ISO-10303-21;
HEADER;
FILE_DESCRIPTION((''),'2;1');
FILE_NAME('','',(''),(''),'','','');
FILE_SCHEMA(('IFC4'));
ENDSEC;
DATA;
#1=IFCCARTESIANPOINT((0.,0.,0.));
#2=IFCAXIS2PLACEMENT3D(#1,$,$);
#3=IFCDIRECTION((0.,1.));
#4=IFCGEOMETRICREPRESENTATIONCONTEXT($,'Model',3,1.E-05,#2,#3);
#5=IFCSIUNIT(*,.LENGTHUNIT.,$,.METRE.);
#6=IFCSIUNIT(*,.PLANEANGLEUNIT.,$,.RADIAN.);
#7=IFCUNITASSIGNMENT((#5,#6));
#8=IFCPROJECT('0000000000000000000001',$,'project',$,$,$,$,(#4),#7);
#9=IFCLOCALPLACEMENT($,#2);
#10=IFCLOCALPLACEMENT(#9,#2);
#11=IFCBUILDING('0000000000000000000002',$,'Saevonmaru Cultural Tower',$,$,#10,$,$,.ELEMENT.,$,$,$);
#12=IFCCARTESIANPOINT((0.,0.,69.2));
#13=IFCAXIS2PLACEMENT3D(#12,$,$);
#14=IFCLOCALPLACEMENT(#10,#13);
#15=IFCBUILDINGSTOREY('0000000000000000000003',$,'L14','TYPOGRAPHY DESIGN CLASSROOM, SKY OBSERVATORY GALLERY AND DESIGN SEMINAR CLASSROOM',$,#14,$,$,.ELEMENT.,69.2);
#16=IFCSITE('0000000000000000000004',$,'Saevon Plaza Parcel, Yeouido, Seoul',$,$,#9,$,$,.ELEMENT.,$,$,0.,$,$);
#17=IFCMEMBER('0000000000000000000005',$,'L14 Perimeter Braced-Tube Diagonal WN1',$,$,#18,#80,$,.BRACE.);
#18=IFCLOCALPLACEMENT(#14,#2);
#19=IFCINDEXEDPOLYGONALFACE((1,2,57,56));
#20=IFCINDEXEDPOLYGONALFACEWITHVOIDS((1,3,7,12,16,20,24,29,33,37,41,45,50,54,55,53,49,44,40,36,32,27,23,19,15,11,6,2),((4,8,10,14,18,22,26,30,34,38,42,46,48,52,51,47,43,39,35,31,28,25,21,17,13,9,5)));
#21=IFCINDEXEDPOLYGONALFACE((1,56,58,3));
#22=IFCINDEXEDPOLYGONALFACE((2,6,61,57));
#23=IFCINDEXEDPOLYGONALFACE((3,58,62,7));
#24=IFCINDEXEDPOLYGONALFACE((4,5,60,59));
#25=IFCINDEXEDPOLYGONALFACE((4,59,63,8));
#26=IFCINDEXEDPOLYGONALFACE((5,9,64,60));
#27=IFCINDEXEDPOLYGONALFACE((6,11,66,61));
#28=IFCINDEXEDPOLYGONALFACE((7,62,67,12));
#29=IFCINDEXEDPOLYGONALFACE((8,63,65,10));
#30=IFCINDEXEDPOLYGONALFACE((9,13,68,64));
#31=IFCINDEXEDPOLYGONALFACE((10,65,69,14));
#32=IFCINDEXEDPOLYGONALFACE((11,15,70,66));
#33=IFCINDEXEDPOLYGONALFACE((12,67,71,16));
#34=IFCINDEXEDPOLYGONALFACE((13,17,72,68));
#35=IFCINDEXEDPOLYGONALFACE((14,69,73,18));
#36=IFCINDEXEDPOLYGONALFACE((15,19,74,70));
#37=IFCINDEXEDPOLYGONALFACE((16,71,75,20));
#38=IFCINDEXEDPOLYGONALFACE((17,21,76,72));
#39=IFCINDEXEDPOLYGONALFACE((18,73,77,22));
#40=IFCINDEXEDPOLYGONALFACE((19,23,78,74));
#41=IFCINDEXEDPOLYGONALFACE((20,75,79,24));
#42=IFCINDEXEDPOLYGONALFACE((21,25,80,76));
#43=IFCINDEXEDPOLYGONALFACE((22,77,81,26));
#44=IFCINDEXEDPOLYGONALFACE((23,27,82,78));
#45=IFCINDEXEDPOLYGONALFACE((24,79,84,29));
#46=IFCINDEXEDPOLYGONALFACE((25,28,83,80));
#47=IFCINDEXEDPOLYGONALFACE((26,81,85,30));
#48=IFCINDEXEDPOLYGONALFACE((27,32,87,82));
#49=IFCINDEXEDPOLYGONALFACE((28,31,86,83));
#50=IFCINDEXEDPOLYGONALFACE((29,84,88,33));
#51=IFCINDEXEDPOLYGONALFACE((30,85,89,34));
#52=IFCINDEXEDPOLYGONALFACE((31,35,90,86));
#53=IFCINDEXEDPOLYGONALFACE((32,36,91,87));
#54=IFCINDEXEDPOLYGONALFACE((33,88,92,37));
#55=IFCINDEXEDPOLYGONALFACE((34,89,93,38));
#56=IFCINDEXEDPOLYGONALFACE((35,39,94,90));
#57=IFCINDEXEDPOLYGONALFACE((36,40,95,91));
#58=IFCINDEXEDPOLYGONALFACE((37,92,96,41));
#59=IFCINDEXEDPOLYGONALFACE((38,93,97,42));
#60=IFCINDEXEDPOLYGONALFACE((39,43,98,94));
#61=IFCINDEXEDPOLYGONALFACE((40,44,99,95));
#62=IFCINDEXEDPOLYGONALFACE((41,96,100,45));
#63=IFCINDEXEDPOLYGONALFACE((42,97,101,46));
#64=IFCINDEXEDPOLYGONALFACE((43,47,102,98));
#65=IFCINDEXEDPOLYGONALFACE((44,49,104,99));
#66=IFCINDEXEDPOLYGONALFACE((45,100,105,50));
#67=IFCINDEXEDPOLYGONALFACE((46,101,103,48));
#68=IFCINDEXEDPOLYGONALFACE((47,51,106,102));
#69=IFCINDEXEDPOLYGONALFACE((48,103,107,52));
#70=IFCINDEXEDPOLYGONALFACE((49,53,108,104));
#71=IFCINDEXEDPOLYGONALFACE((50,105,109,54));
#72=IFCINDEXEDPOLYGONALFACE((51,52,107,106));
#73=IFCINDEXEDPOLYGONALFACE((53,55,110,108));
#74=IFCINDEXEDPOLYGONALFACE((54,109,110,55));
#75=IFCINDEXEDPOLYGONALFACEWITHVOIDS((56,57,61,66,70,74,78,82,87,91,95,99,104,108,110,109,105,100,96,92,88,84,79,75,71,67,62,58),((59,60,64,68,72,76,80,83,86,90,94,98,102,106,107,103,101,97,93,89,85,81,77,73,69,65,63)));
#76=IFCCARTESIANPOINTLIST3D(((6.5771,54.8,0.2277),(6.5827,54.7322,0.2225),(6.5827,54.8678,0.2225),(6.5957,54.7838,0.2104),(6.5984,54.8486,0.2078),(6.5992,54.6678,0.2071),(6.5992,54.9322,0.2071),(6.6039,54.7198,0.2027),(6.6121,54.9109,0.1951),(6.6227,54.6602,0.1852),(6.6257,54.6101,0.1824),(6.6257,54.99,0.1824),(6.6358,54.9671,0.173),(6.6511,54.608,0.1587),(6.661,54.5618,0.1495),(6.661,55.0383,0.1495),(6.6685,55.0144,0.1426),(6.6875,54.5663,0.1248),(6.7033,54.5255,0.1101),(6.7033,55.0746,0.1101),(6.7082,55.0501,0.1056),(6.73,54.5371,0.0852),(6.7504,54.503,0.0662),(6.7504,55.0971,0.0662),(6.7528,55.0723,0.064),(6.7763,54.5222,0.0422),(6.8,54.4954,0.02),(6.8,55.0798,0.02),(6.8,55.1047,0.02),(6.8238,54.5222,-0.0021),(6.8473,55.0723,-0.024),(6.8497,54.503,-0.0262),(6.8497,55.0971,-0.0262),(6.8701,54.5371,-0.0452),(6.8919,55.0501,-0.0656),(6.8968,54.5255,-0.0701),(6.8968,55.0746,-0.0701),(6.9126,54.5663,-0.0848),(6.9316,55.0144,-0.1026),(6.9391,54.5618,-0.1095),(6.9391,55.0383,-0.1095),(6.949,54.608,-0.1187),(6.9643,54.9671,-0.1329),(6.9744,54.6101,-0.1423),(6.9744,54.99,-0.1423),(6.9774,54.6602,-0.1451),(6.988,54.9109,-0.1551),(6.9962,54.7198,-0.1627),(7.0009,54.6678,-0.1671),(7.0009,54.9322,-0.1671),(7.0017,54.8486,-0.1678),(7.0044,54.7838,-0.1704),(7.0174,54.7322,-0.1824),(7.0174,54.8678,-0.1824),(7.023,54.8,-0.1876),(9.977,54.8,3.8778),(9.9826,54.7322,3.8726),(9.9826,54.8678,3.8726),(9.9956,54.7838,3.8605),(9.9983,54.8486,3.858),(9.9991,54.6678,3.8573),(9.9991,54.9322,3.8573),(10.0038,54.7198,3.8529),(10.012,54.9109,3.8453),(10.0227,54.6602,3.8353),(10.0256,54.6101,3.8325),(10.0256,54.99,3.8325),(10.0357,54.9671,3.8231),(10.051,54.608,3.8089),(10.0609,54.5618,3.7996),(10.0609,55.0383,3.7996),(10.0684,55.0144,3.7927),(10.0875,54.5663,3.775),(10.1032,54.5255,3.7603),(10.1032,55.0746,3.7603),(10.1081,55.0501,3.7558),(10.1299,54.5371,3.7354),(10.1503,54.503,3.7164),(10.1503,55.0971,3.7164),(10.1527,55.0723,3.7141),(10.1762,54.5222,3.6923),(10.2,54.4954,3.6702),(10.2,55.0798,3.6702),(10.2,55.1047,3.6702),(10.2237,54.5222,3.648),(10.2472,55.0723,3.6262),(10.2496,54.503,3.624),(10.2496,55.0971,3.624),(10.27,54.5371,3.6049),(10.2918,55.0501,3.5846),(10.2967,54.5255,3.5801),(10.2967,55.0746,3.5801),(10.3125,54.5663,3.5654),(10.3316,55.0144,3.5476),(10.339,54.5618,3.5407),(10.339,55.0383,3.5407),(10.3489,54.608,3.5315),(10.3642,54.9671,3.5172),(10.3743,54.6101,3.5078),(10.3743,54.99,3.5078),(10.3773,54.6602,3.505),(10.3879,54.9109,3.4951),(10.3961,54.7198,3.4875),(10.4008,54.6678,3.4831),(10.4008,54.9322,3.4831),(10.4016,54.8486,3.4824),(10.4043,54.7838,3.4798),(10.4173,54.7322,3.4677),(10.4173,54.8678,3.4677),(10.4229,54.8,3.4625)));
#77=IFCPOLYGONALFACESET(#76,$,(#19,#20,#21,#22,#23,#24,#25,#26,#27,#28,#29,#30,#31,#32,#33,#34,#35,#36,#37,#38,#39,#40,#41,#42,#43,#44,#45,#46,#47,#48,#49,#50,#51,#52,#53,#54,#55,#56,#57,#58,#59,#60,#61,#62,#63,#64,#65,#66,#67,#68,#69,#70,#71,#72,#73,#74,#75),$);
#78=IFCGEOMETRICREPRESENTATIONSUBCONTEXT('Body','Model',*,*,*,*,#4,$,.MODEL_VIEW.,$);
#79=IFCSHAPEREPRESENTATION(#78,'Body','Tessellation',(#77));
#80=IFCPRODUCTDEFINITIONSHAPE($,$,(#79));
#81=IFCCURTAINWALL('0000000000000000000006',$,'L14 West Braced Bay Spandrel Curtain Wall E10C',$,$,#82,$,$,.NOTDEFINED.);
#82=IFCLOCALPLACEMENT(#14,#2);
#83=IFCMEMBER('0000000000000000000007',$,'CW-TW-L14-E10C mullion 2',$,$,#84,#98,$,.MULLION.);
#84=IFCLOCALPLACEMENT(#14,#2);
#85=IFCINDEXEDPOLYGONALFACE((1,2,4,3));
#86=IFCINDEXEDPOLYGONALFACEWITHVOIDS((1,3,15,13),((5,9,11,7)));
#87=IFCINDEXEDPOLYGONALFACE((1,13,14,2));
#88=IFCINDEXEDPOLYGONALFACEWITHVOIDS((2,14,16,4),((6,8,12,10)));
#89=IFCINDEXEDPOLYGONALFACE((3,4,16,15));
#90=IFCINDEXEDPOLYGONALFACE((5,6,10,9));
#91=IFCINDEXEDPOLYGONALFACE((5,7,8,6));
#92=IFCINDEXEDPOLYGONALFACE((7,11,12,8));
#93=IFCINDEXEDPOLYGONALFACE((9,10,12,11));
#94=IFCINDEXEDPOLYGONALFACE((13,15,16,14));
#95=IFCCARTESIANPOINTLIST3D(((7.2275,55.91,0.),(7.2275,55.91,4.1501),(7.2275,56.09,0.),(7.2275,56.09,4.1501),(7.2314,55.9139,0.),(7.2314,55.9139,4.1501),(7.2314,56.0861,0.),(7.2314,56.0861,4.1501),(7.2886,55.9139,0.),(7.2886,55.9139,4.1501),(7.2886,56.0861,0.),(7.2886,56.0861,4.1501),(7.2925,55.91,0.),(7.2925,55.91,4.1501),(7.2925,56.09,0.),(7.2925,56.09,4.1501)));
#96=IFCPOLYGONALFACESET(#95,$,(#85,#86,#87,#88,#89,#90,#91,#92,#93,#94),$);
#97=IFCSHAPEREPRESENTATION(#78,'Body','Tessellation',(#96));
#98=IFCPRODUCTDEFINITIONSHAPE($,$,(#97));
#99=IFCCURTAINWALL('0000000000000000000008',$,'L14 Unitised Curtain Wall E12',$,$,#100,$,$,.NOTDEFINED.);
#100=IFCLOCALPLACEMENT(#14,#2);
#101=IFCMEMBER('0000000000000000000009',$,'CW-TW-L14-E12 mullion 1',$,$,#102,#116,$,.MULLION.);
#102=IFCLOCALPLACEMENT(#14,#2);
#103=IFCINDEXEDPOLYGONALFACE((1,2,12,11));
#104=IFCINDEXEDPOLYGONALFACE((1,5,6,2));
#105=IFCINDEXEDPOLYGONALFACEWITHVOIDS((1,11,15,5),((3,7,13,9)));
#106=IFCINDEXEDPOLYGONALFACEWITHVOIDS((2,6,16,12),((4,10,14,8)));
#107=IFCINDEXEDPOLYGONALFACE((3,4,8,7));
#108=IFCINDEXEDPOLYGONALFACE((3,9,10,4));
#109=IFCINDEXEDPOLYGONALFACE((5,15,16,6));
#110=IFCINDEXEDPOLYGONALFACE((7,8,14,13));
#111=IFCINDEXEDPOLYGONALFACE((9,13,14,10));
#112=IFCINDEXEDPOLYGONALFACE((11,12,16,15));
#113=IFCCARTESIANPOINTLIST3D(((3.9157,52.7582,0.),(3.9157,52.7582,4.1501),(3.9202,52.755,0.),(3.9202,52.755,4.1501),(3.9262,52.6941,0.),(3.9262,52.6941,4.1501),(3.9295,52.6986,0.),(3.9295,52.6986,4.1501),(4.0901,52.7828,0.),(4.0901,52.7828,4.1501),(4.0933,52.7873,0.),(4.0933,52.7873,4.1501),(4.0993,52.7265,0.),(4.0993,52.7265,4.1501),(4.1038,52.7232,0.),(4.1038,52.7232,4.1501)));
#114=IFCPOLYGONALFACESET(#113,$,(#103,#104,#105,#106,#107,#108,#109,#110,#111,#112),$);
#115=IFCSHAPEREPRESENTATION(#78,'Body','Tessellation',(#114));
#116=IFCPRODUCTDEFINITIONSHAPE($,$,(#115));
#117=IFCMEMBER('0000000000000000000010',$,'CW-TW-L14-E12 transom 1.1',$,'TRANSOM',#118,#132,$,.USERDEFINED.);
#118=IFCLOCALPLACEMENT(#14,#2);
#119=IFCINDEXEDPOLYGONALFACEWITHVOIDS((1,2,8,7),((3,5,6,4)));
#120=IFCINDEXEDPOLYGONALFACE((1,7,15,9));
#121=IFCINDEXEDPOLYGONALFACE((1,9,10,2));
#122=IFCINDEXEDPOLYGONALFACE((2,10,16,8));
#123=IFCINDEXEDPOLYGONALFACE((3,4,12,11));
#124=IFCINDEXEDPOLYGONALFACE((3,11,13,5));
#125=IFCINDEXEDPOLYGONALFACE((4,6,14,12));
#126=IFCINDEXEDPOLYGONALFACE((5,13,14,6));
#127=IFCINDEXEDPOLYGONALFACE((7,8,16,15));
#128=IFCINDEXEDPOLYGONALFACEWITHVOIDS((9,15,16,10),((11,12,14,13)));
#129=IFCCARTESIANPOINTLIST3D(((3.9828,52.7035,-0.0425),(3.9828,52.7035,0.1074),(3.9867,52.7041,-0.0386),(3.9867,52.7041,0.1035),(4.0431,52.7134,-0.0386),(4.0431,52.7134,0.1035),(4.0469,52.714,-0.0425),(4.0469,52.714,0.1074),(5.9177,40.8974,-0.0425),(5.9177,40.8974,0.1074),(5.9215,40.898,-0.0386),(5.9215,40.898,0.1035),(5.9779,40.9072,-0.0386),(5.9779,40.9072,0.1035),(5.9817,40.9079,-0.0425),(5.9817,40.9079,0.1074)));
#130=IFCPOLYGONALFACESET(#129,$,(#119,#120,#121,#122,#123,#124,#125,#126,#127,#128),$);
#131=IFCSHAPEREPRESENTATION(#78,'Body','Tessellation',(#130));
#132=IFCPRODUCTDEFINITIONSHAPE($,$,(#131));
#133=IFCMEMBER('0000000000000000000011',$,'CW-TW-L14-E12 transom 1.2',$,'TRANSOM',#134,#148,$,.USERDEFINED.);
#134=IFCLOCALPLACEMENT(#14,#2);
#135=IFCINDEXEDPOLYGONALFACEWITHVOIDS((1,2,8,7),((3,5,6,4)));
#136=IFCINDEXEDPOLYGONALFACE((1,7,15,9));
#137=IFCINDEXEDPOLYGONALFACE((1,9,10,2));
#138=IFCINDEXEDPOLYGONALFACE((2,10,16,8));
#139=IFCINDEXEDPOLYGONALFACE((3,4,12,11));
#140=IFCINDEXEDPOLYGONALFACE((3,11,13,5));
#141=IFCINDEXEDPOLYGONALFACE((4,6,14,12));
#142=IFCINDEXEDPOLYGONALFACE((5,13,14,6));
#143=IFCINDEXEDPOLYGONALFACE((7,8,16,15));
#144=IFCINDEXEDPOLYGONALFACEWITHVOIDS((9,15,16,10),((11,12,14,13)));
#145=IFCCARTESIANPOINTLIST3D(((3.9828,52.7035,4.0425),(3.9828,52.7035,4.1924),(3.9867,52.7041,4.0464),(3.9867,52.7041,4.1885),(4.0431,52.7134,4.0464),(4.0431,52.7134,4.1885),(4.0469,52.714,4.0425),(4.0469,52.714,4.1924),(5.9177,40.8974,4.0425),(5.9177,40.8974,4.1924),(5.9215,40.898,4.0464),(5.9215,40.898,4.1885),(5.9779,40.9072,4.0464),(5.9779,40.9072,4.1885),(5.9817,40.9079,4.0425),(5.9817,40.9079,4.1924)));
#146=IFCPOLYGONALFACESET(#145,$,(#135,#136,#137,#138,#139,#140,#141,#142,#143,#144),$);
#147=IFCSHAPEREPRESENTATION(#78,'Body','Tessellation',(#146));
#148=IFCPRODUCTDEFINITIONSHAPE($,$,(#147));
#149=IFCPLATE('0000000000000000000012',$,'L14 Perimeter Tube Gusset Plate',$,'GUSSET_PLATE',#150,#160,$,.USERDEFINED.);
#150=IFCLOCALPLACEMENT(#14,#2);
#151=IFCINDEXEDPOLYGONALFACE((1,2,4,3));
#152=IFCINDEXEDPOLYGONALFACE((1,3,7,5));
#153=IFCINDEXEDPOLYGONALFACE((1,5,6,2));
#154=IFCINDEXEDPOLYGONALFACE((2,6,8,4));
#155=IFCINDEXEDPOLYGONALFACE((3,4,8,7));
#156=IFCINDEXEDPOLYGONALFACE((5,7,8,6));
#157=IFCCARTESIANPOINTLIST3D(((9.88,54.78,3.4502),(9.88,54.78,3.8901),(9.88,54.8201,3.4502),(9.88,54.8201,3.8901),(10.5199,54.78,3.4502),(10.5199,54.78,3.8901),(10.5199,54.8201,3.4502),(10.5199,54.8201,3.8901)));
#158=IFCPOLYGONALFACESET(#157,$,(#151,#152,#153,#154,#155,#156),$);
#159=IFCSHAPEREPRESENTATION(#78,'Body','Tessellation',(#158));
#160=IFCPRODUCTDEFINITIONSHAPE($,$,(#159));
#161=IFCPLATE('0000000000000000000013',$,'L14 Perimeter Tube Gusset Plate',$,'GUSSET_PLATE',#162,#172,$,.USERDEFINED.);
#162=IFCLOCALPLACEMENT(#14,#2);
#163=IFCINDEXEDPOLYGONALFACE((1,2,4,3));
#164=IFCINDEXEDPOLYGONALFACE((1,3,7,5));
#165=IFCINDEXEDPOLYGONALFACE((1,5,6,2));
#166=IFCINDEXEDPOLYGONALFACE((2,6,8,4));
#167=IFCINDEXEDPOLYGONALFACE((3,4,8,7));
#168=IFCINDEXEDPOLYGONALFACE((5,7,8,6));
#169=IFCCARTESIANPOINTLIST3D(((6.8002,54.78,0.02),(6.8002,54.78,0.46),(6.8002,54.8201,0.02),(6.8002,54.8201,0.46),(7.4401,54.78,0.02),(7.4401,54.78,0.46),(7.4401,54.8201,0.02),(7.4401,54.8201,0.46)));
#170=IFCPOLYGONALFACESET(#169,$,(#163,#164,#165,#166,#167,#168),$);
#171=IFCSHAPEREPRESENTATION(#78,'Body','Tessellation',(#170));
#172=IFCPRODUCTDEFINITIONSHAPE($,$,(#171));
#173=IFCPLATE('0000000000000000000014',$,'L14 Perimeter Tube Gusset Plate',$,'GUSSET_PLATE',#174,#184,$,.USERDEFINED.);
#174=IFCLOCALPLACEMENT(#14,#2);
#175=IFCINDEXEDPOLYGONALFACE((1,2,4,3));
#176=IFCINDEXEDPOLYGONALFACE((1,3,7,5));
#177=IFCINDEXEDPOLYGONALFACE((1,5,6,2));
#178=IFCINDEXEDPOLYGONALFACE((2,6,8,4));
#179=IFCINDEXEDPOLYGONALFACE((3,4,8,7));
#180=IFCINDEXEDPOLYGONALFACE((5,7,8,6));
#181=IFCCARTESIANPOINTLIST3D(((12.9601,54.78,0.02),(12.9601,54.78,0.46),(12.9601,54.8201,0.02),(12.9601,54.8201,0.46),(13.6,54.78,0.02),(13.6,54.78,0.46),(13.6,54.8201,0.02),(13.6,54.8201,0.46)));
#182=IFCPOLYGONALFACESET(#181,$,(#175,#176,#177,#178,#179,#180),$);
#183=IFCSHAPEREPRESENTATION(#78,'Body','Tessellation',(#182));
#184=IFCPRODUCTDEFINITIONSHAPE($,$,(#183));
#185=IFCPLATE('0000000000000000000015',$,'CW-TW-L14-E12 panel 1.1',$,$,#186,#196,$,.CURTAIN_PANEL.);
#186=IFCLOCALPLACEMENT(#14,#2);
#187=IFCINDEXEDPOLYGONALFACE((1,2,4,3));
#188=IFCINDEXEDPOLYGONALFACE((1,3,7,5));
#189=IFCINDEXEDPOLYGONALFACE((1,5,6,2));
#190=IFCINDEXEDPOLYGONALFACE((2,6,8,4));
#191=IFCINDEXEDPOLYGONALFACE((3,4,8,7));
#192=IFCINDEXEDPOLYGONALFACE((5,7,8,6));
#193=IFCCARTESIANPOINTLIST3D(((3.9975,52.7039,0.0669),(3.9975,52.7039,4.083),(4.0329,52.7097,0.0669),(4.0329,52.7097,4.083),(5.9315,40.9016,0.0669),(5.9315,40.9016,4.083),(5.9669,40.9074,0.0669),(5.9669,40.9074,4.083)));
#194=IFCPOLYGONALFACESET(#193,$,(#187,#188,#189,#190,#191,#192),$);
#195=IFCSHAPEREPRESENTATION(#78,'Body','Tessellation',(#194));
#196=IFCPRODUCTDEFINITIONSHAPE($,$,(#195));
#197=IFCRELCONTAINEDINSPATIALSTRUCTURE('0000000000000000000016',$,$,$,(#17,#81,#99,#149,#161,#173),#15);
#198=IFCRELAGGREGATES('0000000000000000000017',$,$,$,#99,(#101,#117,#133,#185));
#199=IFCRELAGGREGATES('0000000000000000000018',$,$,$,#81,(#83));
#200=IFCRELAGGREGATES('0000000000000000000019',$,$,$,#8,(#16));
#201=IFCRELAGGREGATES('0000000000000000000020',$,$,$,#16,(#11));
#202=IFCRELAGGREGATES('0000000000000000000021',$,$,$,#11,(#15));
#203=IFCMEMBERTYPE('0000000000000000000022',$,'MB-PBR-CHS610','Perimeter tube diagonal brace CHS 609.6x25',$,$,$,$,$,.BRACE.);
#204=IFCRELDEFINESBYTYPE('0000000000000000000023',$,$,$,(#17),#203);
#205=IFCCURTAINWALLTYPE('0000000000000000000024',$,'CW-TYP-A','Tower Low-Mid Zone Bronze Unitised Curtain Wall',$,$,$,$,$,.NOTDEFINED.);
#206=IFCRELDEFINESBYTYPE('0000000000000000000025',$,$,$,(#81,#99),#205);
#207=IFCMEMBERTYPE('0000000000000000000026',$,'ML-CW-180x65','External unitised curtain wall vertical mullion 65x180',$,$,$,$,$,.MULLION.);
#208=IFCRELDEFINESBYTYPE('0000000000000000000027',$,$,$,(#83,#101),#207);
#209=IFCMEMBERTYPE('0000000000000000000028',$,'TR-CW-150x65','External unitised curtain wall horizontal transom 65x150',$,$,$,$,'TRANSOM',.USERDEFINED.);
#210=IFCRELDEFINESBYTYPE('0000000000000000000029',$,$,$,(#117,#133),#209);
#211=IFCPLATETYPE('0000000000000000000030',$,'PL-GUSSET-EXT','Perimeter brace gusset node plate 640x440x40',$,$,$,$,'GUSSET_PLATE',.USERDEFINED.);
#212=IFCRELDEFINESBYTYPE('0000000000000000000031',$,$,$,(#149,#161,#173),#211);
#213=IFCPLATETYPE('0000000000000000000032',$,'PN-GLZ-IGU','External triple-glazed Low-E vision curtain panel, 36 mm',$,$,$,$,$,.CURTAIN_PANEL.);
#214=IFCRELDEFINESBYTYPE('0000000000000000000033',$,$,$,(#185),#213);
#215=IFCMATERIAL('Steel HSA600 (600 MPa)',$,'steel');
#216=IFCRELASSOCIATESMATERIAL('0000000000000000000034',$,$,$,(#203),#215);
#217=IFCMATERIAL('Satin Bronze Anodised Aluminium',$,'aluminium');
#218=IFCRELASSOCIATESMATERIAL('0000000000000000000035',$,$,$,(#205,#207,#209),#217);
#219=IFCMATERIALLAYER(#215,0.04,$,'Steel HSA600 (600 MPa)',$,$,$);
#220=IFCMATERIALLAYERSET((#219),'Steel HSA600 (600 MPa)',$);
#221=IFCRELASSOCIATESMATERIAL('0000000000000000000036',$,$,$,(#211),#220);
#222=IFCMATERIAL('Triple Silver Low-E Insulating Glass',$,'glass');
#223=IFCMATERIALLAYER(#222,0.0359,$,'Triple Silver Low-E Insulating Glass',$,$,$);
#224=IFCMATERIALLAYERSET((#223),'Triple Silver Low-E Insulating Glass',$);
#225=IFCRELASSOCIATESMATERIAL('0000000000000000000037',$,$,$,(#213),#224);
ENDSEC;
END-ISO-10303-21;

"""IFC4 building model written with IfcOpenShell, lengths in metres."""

from ifc_helpers import new_model, si_unit, direction, frame, origin, origin_2d, place, context, subcontext, project, spatial, rectangle, hollow_rectangle, hollow_circle, extrude, material, layer, layer_set, material_profile, profile_set, type_object, element, aggregate, save


model = new_model("IFC4")

# Units and contexts
model_context = context("Model", 3, precision=1e-05, world=origin(), true_north=direction((0.0, 1.0)))
body_context = subcontext(model_context, "Body", "Model", "MODEL_VIEW")
ifc_project = project(units=[si_unit("LENGTHUNIT", "METRE"), si_unit("PLANEANGLEUNIT", "RADIAN")], contexts=[model_context])

# Site, building, storey
site_placement = place(None, origin())
site = spatial("IfcSite", under=ifc_project, at=site_placement, Name="Saevon Plaza Parcel, Yeouido, Seoul", CompositionType="ELEMENT", RefElevation=0.0)
building_placement = place(site_placement, origin())
building = spatial("IfcBuilding", under=site, at=building_placement, Name="Saevonmaru Cultural Tower", CompositionType="ELEMENT")
storey_placement = place(building_placement, frame((0.0, 0.0, 69.2)))
storey = spatial("IfcBuildingStorey", under=building, at=storey_placement, Name="L14", Description="TYPOGRAPHY DESIGN CLASSROOM, SKY OBSERVATORY GALLERY AND DESIGN SEMINAR CLASSROOM", CompositionType="ELEMENT", Elevation=69.2)

# Shared definitions
ifc_material_1 = material(Name="Steel HSA600 (600 MPa)", Category="steel")

# Member
ifc_material_profile_1 = material_profile(ifc_material_1, hollow_circle(Radius=0.3047, WallThickness=0.0249, at=origin_2d()), Name="CHS-609.6x25")
ifc_profile_set_1 = profile_set([ifc_material_profile_1], Name="Steel HSA600 (600 MPa)")
member_type_1 = type_object("IfcMemberType", Name="MB-PBR-CHS610", Description="Perimeter tube diagonal brace CHS 609.6x25", PredefinedType="BRACE", material=ifc_profile_set_1)
member_1_placement = place(storey_placement, frame((6.8, 54.8, 0.02), z_axis=(0.681579, 0.0, 0.731745), x_axis=(0.0, 1.0, 0.0)))
element("IfcMember", 1, at=member_1_placement, inside=storey, type_object=member_type_1, Name="L14 Perimeter Braced-Tube Diagonal WN1", PredefinedType="BRACE", context=body_context, shape_type="SweptSolid", body=[
    extrude(hollow_circle(Radius=0.3047, WallThickness=0.0249, at=origin_2d()), origin(), (0.0, 0.0, 1.0), 4.9883),
])

# Curtain wall, member
ifc_material_2 = material(Name="Satin Bronze Anodised Aluminium", Category="aluminium")
curtain_wall_type = type_object("IfcCurtainWallType", Name="CW-TYP-A", Description="Tower Low-Mid Zone Bronze Unitised Curtain Wall", PredefinedType="NOTDEFINED", material=ifc_material_2)
curtain_wall_1_placement = place(storey_placement, origin())
curtain_wall_1 = element("IfcCurtainWall", 2, at=curtain_wall_1_placement, inside=storey, type_object=curtain_wall_type, Name="L14 West Braced Bay Spandrel Curtain Wall E10C", PredefinedType="NOTDEFINED")
ifc_material_profile_2 = material_profile(ifc_material_2, hollow_rectangle(XDim=0.0649, YDim=0.1799, WallThickness=0.0039, at=origin_2d()), Name="ALU-MULL-180x65x4")
ifc_profile_set_2 = profile_set([ifc_material_profile_2], Name="Satin Bronze Anodised Aluminium")
member_type_2 = type_object("IfcMemberType", Name="ML-CW-180x65", Description="External unitised curtain wall vertical mullion 65x180", PredefinedType="MULLION", material=ifc_profile_set_2)
member_2_placement = place(storey_placement, frame((7.26, 56.0, 0.0), z_axis=(0.0, 0.0, 1.0), x_axis=(-1.0, 0.0, 0.0)))
member_2 = element("IfcMember", 3, at=member_2_placement, type_object=member_type_2, Name="CW-TW-L14-E10C mullion 2", PredefinedType="MULLION", context=body_context, shape_type="SweptSolid", body=[
    extrude(hollow_rectangle(XDim=0.0649, YDim=0.1799, WallThickness=0.0039, at=origin_2d()), origin(), (0.0, 0.0, 1.0), 4.1501),
])

# Curtain wall, members
curtain_wall_2_placement = place(storey_placement, origin())
curtain_wall_2 = element("IfcCurtainWall", 4, at=curtain_wall_2_placement, inside=storey, type_object=curtain_wall_type, Name="L14 Unitised Curtain Wall E12", PredefinedType="NOTDEFINED")
member_3_placement = place(storey_placement, frame((4.0098, 52.7407, 0.0), z_axis=(0.0, 0.0, 1.0), x_axis=(0.161709, -0.986839, 0.0)))
member_3 = element("IfcMember", 5, at=member_3_placement, type_object=member_type_2, Name="CW-TW-L14-E12 mullion 1", PredefinedType="MULLION", context=body_context, shape_type="SweptSolid", body=[
    extrude(hollow_rectangle(XDim=0.0649, YDim=0.1799, WallThickness=0.0039, at=origin_2d()), origin(), (0.0, 0.0, 1.0), 4.1501),
])
ifc_material_profile_3 = material_profile(ifc_material_2, hollow_rectangle(XDim=0.0649, YDim=0.1499, WallThickness=0.0039, at=origin_2d()), Name="ALU-TRAN-150x65x4")
ifc_profile_set_3 = profile_set([ifc_material_profile_3], Name="Satin Bronze Anodised Aluminium")
member_type_3 = type_object("IfcMemberType", Name="TR-CW-150x65", Description="External unitised curtain wall horizontal transom 65x150", ElementType="TRANSOM", PredefinedType="USERDEFINED", material=ifc_profile_set_3)
member_4_placement = place(storey_placement, frame((4.0149, 52.7087, 0.0325), z_axis=(0.161725, -0.986836, 0.0), x_axis=(0.986836, 0.161725, 0.0)))
member_4 = element("IfcMember", 6, at=member_4_placement, type_object=member_type_3, Name="CW-TW-L14-E12 transom 1.1", ObjectType="TRANSOM", PredefinedType="USERDEFINED", context=body_context, shape_type="SweptSolid", body=[
    extrude(hollow_rectangle(XDim=0.0649, YDim=0.1499, WallThickness=0.0039, at=origin_2d()), origin(), (0.0, 0.0, 1.0), 11.9636),
])
member_5_placement = place(storey_placement, frame((4.0149, 52.7087, 4.1174), z_axis=(0.161725, -0.986836, 0.0), x_axis=(0.986836, 0.161725, 0.0)))
member_5 = element("IfcMember", 7, at=member_5_placement, type_object=member_type_3, Name="CW-TW-L14-E12 transom 1.2", ObjectType="TRANSOM", PredefinedType="USERDEFINED", context=body_context, shape_type="SweptSolid", body=[
    extrude(hollow_rectangle(XDim=0.0649, YDim=0.1499, WallThickness=0.0039, at=origin_2d()), origin(), (0.0, 0.0, 1.0), 11.9636),
])

# Plates
ifc_layer_1 = layer(ifc_material_1, 0.04, Name="Steel HSA600 (600 MPa)")
ifc_layer_set_1 = layer_set([ifc_layer_1], Name="Steel HSA600 (600 MPa)")
plate_type_1 = type_object("IfcPlateType", Name="PL-GUSSET-EXT", Description="Perimeter brace gusset node plate 640x440x40", ElementType="GUSSET_PLATE", PredefinedType="USERDEFINED", material=ifc_layer_set_1)
for number, where, z_axis, x_axis, name in (
    (8, (10.2, 54.8, 3.4502), (0.0, 0.0, 1.0), (1.0, 0.0, 0.0), "L14 Perimeter Tube Gusset Plate"),
    (9, (7.1201, 54.8, 0.02), (0.0, 0.0, 1.0), (1.0, 0.0, 0.0), "L14 Perimeter Tube Gusset Plate"),
    (10, (13.28, 54.8, 0.02), (0.0, 0.0, 1.0), (1.0, 0.0, 0.0), "L14 Perimeter Tube Gusset Plate"),
):
    element("IfcPlate", number, at=place(storey_placement, frame(where, z_axis=z_axis, x_axis=x_axis)), inside=storey, type_object=plate_type_1, Name=name, ObjectType="GUSSET_PLATE", PredefinedType="USERDEFINED", context=body_context, shape_type="SweptSolid", body=[
        extrude(rectangle(XDim=0.6399, YDim=0.04, at=origin_2d()), origin(), (0.0, 0.0, 1.0), 0.4399),
    ])

# Plate
ifc_material_3 = material(Name="Triple Silver Low-E Insulating Glass", Category="glass")
ifc_layer_2 = layer(ifc_material_3, 0.0359, Name="Triple Silver Low-E Insulating Glass")
ifc_layer_set_2 = layer_set([ifc_layer_2], Name="Triple Silver Low-E Insulating Glass")
plate_type_2 = type_object("IfcPlateType", Name="PN-GLZ-IGU", Description="External triple-glazed Low-E vision curtain panel, 36 mm", PredefinedType="CURTAIN_PANEL", material=ifc_layer_set_2)
plate_1_placement = place(storey_placement, frame((4.9822, 46.8057, 0.0669), z_axis=(0.0, 0.0, 1.0), x_axis=(0.161709, -0.986839, 0.0)))
plate_1 = element("IfcPlate", 11, at=plate_1_placement, type_object=plate_type_2, Name="CW-TW-L14-E12 panel 1.1", PredefinedType="CURTAIN_PANEL", context=body_context, shape_type="SweptSolid", body=[
    extrude(rectangle(XDim=11.9597, YDim=0.0359, at=origin_2d()), origin(), (0.0, 0.0, 1.0), 4.0161),
])
aggregate(curtain_wall_2, [member_3, member_4, member_5, plate_1])
aggregate(curtain_wall_1, [member_2])

save(model, "model.ifc")
